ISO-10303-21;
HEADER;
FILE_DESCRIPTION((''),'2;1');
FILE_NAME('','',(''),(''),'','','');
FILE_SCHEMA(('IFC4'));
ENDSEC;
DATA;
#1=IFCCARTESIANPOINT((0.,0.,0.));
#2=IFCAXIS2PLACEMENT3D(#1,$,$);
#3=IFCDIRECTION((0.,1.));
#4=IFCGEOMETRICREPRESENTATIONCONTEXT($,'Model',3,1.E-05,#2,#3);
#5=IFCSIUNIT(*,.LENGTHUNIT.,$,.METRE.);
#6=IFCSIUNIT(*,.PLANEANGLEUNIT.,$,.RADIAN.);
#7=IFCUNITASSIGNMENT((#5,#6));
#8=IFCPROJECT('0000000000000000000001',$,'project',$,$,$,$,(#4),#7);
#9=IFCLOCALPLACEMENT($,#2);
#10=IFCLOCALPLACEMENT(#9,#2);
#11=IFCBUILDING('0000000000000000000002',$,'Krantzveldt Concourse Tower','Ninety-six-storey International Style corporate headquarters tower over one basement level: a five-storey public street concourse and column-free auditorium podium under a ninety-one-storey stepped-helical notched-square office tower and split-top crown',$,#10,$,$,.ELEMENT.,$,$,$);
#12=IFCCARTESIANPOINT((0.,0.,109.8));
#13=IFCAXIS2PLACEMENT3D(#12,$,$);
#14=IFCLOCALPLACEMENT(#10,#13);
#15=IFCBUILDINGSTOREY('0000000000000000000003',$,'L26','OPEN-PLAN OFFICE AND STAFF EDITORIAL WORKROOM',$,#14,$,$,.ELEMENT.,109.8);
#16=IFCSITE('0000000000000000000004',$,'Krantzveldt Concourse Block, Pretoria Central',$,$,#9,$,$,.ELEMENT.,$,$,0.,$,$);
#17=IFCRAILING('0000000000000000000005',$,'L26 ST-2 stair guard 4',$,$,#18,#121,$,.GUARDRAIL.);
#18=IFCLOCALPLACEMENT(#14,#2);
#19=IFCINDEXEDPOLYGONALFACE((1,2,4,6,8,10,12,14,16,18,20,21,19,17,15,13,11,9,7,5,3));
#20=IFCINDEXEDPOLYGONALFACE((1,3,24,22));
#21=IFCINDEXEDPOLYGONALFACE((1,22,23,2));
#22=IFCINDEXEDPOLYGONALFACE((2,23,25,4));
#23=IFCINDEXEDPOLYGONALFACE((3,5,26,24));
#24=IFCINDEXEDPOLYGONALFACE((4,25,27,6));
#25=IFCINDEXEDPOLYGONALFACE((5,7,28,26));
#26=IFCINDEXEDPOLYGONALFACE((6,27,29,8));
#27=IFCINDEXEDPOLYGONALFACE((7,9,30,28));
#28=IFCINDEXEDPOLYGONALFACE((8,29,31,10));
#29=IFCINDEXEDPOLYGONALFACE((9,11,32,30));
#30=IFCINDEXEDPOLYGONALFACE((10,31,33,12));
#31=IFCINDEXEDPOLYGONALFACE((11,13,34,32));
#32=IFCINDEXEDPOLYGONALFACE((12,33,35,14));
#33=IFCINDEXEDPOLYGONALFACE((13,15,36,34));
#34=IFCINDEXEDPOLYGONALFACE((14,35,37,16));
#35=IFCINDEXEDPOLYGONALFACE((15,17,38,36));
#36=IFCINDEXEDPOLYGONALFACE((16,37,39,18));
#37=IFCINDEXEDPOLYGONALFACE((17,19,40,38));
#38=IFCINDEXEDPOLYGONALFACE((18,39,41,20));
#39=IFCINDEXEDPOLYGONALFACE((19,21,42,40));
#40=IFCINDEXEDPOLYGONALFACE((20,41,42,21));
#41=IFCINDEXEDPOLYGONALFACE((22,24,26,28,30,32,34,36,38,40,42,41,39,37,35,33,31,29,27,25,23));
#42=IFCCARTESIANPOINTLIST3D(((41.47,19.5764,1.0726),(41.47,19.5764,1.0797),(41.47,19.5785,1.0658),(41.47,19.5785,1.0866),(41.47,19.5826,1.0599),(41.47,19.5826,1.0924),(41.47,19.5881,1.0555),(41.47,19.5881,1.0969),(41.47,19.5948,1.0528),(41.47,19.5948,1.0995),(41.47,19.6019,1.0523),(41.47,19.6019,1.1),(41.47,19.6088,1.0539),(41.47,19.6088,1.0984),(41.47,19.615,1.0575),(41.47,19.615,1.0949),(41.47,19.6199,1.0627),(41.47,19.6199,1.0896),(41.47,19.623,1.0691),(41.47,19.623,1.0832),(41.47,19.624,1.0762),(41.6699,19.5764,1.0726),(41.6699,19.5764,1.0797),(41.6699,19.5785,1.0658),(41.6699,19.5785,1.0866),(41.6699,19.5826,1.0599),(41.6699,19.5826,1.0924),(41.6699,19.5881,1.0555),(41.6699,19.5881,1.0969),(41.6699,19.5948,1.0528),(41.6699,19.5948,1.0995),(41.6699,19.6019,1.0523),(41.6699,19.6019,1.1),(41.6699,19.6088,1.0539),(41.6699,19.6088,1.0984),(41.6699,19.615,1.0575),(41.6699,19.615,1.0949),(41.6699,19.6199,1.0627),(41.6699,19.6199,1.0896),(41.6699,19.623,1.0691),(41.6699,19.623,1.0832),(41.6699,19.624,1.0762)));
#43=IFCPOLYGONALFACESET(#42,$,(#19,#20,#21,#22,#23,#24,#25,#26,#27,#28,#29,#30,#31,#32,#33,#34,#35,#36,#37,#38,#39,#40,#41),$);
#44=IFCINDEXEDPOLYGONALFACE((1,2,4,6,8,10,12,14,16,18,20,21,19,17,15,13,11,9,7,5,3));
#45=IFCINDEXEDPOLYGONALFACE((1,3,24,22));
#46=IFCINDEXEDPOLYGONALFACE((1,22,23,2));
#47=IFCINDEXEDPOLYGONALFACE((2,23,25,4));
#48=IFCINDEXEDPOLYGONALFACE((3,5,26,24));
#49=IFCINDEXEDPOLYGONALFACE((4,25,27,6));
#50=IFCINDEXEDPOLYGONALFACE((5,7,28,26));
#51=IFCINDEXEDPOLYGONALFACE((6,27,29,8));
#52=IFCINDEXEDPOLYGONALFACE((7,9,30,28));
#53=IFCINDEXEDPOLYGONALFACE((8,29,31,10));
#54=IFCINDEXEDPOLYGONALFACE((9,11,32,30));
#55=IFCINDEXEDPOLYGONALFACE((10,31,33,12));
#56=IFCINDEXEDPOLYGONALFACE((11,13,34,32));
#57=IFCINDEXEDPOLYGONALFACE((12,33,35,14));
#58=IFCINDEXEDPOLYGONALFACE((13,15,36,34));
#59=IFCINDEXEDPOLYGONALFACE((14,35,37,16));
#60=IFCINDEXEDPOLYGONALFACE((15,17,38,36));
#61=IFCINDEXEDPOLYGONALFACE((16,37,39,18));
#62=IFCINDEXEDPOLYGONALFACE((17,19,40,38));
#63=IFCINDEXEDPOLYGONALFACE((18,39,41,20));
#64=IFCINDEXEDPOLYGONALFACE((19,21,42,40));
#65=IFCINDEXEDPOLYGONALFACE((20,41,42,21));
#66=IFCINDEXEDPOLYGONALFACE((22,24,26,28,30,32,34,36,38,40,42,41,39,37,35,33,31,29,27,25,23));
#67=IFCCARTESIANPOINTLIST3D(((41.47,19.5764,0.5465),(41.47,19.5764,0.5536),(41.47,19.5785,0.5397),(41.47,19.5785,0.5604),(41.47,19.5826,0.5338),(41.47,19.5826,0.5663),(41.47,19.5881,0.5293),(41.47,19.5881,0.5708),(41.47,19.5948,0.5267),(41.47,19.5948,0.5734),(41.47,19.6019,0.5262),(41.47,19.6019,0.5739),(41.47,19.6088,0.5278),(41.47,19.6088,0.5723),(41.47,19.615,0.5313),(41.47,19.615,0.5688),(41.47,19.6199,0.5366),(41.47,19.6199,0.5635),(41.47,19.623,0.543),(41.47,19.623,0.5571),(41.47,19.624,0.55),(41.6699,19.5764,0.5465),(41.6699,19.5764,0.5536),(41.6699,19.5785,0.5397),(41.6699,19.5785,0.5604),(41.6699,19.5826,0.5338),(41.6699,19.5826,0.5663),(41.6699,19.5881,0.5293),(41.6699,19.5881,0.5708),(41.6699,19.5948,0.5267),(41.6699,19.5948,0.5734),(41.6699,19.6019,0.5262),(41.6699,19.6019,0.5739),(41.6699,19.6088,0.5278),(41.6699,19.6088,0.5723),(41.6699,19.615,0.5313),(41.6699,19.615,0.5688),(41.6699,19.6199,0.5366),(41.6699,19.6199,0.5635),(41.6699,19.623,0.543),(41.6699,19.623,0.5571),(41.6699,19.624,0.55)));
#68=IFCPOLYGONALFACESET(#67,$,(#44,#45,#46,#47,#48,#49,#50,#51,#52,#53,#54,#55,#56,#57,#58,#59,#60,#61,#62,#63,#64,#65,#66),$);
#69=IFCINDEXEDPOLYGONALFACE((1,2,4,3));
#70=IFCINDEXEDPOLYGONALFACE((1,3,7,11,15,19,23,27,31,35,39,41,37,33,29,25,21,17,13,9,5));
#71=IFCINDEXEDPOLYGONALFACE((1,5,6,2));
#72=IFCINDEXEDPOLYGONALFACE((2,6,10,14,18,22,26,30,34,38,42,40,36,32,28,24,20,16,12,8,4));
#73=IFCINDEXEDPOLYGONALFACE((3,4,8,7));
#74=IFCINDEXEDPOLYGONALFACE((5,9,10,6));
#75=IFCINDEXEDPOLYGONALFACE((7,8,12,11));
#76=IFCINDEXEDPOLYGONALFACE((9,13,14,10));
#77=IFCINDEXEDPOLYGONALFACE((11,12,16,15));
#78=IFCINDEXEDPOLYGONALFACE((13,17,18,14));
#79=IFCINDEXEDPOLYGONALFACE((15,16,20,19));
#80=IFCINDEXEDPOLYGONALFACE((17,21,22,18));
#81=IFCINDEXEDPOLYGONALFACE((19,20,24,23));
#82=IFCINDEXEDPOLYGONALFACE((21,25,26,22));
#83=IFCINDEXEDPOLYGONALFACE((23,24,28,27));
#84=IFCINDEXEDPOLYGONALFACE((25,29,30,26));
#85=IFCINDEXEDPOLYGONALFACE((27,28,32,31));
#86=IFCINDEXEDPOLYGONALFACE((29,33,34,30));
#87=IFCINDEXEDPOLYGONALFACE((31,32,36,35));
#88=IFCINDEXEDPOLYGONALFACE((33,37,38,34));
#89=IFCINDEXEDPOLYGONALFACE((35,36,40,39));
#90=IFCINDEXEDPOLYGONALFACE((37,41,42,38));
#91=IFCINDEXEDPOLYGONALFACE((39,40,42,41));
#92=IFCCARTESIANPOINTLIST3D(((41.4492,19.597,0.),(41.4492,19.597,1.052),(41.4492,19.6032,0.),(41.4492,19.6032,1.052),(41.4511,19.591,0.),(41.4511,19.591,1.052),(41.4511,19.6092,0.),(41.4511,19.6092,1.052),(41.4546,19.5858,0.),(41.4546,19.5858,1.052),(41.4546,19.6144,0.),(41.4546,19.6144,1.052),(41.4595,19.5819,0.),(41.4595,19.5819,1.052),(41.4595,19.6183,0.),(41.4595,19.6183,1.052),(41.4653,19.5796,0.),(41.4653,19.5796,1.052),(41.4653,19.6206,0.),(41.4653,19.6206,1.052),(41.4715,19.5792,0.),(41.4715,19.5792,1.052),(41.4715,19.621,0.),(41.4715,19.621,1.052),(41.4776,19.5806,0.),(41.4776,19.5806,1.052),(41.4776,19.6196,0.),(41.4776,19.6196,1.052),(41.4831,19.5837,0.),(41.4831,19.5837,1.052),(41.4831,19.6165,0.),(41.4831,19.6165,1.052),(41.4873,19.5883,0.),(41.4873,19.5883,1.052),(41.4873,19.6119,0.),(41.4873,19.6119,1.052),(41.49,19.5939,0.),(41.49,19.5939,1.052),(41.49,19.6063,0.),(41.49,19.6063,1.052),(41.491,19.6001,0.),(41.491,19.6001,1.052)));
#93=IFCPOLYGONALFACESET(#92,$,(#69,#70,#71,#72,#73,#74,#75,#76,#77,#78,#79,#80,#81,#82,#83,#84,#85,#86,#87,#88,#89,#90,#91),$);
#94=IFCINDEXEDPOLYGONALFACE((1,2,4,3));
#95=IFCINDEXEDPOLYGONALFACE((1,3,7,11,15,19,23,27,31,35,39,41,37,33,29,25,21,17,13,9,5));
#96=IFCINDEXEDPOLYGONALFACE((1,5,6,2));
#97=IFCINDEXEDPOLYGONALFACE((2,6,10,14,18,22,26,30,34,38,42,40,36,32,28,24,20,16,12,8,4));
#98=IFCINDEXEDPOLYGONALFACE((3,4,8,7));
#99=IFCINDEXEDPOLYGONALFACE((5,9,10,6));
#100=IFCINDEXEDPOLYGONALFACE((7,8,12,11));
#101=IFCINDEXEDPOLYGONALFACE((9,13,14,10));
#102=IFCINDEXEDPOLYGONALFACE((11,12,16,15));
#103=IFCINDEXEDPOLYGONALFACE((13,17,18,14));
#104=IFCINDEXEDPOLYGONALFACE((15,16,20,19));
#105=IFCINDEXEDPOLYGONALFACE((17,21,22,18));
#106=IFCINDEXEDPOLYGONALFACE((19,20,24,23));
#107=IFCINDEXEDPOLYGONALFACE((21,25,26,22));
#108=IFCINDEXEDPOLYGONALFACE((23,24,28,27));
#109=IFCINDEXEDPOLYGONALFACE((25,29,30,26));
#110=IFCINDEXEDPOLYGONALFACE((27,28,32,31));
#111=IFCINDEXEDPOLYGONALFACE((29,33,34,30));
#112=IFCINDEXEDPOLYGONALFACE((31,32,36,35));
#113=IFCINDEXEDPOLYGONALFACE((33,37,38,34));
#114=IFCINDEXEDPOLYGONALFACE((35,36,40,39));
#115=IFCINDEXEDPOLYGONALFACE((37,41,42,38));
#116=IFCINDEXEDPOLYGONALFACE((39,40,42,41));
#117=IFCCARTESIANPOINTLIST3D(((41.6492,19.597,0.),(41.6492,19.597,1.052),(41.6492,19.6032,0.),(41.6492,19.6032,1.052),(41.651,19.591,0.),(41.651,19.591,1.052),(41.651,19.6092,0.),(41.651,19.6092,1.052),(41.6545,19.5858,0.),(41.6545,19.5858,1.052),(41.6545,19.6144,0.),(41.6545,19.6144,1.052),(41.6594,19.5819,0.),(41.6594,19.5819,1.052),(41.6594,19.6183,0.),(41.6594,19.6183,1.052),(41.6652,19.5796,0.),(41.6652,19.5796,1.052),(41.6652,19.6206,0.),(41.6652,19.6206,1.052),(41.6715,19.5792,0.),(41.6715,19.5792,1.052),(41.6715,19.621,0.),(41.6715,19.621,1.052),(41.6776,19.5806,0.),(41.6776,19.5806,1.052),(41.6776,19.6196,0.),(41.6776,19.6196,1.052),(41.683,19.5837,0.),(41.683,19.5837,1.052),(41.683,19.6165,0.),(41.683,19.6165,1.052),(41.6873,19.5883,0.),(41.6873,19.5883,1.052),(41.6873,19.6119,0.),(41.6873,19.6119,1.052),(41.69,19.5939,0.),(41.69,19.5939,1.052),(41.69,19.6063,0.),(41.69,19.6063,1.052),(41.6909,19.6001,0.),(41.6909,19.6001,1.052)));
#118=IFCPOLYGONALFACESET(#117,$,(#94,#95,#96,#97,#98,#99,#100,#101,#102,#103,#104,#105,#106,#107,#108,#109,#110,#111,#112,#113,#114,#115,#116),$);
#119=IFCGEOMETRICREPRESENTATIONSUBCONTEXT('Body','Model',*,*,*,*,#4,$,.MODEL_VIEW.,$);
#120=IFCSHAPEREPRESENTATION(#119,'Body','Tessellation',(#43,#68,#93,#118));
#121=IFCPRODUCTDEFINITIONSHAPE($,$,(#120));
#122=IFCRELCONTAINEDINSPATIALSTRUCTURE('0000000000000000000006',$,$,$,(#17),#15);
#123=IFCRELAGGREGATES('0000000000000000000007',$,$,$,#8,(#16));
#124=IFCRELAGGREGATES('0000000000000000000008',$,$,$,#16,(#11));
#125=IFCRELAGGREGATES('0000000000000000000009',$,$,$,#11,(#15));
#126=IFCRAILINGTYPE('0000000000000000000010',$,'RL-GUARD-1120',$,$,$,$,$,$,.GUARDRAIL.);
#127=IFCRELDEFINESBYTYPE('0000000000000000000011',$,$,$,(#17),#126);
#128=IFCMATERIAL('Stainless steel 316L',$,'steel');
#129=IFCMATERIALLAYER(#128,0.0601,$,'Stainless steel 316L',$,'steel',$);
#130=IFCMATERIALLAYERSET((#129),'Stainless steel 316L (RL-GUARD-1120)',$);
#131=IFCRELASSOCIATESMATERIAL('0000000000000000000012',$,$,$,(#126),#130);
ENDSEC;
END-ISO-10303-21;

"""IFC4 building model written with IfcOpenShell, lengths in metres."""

from ifc_helpers import new_model, si_unit, direction, frame, origin, origin_2d, place, context, subcontext, project, spatial, circle, extrude, material, layer, layer_set, type_object, element, save


model = new_model("IFC4")

# Units and contexts
model_context = context("Model", 3, precision=1e-05, world=origin(), true_north=direction((0.0, 1.0)))
body_context = subcontext(model_context, "Body", "Model", "MODEL_VIEW")
ifc_project = project(units=[si_unit("LENGTHUNIT", "METRE"), si_unit("PLANEANGLEUNIT", "RADIAN")], contexts=[model_context])

# Site, building, storey
site_placement = place(None, origin())
site = spatial("IfcSite", under=ifc_project, at=site_placement, Name="Krantzveldt Concourse Block, Pretoria Central", CompositionType="ELEMENT", RefElevation=0.0)
building_placement = place(site_placement, origin())
building = spatial("IfcBuilding", under=site, at=building_placement, Name="Krantzveldt Concourse Tower", Description="Ninety-six-storey International Style corporate headquarters tower over one basement level: a five-storey public street concourse and column-free auditorium podium under a ninety-one-storey stepped-helical notched-square office tower and split-top crown", CompositionType="ELEMENT")
storey_placement = place(building_placement, frame((0.0, 0.0, 109.8)))
storey = spatial("IfcBuildingStorey", under=building, at=storey_placement, Name="L26", Description="OPEN-PLAN OFFICE AND STAFF EDITORIAL WORKROOM", CompositionType="ELEMENT", Elevation=109.8)

# Shared definitions
ifc_material_1 = material(Name="Stainless steel 316L", Category="steel")

# Railing
ifc_layer_1 = layer(ifc_material_1, 0.0601, Name="Stainless steel 316L", Category="steel")
ifc_layer_set_1 = layer_set([ifc_layer_1], Name="Stainless steel 316L (RL-GUARD-1120)")
railing_type_1 = type_object("IfcRailingType", Name="RL-GUARD-1120", PredefinedType="GUARDRAIL", material=ifc_layer_set_1)
railing_1_placement = place(storey_placement, frame((41.47, 19.6001, 0.0)))
element("IfcRailing", 1, at=railing_1_placement, inside=storey, type_object=railing_type_1, Name="L26 ST-2 stair guard 4", PredefinedType="GUARDRAIL", context=body_context, shape_type="SweptSolid", body=[
    extrude(circle(Radius=0.0239, at=origin_2d()), frame((0.0, 0.0, 1.0762), z_axis=(1.0, 0.0, 0.0), x_axis=(0.0, 1.0, 0.0)), (0.0, 0.0, 1.0), 0.2),
    extrude(circle(Radius=0.0239, at=origin_2d()), frame((0.0, 0.0, 0.55), z_axis=(1.0, 0.0, 0.0), x_axis=(0.0, 1.0, 0.0)), (0.0, 0.0, 1.0), 0.2),
    extrude(circle(Radius=0.021, at=origin_2d()), origin(), (0.0, 0.0, 1.0), 1.052),
    extrude(circle(Radius=0.021, at=origin_2d()), frame((0.2, 0.0, 0.0)), (0.0, 0.0, 1.0), 1.052),
])

save(model, "model.ifc")
